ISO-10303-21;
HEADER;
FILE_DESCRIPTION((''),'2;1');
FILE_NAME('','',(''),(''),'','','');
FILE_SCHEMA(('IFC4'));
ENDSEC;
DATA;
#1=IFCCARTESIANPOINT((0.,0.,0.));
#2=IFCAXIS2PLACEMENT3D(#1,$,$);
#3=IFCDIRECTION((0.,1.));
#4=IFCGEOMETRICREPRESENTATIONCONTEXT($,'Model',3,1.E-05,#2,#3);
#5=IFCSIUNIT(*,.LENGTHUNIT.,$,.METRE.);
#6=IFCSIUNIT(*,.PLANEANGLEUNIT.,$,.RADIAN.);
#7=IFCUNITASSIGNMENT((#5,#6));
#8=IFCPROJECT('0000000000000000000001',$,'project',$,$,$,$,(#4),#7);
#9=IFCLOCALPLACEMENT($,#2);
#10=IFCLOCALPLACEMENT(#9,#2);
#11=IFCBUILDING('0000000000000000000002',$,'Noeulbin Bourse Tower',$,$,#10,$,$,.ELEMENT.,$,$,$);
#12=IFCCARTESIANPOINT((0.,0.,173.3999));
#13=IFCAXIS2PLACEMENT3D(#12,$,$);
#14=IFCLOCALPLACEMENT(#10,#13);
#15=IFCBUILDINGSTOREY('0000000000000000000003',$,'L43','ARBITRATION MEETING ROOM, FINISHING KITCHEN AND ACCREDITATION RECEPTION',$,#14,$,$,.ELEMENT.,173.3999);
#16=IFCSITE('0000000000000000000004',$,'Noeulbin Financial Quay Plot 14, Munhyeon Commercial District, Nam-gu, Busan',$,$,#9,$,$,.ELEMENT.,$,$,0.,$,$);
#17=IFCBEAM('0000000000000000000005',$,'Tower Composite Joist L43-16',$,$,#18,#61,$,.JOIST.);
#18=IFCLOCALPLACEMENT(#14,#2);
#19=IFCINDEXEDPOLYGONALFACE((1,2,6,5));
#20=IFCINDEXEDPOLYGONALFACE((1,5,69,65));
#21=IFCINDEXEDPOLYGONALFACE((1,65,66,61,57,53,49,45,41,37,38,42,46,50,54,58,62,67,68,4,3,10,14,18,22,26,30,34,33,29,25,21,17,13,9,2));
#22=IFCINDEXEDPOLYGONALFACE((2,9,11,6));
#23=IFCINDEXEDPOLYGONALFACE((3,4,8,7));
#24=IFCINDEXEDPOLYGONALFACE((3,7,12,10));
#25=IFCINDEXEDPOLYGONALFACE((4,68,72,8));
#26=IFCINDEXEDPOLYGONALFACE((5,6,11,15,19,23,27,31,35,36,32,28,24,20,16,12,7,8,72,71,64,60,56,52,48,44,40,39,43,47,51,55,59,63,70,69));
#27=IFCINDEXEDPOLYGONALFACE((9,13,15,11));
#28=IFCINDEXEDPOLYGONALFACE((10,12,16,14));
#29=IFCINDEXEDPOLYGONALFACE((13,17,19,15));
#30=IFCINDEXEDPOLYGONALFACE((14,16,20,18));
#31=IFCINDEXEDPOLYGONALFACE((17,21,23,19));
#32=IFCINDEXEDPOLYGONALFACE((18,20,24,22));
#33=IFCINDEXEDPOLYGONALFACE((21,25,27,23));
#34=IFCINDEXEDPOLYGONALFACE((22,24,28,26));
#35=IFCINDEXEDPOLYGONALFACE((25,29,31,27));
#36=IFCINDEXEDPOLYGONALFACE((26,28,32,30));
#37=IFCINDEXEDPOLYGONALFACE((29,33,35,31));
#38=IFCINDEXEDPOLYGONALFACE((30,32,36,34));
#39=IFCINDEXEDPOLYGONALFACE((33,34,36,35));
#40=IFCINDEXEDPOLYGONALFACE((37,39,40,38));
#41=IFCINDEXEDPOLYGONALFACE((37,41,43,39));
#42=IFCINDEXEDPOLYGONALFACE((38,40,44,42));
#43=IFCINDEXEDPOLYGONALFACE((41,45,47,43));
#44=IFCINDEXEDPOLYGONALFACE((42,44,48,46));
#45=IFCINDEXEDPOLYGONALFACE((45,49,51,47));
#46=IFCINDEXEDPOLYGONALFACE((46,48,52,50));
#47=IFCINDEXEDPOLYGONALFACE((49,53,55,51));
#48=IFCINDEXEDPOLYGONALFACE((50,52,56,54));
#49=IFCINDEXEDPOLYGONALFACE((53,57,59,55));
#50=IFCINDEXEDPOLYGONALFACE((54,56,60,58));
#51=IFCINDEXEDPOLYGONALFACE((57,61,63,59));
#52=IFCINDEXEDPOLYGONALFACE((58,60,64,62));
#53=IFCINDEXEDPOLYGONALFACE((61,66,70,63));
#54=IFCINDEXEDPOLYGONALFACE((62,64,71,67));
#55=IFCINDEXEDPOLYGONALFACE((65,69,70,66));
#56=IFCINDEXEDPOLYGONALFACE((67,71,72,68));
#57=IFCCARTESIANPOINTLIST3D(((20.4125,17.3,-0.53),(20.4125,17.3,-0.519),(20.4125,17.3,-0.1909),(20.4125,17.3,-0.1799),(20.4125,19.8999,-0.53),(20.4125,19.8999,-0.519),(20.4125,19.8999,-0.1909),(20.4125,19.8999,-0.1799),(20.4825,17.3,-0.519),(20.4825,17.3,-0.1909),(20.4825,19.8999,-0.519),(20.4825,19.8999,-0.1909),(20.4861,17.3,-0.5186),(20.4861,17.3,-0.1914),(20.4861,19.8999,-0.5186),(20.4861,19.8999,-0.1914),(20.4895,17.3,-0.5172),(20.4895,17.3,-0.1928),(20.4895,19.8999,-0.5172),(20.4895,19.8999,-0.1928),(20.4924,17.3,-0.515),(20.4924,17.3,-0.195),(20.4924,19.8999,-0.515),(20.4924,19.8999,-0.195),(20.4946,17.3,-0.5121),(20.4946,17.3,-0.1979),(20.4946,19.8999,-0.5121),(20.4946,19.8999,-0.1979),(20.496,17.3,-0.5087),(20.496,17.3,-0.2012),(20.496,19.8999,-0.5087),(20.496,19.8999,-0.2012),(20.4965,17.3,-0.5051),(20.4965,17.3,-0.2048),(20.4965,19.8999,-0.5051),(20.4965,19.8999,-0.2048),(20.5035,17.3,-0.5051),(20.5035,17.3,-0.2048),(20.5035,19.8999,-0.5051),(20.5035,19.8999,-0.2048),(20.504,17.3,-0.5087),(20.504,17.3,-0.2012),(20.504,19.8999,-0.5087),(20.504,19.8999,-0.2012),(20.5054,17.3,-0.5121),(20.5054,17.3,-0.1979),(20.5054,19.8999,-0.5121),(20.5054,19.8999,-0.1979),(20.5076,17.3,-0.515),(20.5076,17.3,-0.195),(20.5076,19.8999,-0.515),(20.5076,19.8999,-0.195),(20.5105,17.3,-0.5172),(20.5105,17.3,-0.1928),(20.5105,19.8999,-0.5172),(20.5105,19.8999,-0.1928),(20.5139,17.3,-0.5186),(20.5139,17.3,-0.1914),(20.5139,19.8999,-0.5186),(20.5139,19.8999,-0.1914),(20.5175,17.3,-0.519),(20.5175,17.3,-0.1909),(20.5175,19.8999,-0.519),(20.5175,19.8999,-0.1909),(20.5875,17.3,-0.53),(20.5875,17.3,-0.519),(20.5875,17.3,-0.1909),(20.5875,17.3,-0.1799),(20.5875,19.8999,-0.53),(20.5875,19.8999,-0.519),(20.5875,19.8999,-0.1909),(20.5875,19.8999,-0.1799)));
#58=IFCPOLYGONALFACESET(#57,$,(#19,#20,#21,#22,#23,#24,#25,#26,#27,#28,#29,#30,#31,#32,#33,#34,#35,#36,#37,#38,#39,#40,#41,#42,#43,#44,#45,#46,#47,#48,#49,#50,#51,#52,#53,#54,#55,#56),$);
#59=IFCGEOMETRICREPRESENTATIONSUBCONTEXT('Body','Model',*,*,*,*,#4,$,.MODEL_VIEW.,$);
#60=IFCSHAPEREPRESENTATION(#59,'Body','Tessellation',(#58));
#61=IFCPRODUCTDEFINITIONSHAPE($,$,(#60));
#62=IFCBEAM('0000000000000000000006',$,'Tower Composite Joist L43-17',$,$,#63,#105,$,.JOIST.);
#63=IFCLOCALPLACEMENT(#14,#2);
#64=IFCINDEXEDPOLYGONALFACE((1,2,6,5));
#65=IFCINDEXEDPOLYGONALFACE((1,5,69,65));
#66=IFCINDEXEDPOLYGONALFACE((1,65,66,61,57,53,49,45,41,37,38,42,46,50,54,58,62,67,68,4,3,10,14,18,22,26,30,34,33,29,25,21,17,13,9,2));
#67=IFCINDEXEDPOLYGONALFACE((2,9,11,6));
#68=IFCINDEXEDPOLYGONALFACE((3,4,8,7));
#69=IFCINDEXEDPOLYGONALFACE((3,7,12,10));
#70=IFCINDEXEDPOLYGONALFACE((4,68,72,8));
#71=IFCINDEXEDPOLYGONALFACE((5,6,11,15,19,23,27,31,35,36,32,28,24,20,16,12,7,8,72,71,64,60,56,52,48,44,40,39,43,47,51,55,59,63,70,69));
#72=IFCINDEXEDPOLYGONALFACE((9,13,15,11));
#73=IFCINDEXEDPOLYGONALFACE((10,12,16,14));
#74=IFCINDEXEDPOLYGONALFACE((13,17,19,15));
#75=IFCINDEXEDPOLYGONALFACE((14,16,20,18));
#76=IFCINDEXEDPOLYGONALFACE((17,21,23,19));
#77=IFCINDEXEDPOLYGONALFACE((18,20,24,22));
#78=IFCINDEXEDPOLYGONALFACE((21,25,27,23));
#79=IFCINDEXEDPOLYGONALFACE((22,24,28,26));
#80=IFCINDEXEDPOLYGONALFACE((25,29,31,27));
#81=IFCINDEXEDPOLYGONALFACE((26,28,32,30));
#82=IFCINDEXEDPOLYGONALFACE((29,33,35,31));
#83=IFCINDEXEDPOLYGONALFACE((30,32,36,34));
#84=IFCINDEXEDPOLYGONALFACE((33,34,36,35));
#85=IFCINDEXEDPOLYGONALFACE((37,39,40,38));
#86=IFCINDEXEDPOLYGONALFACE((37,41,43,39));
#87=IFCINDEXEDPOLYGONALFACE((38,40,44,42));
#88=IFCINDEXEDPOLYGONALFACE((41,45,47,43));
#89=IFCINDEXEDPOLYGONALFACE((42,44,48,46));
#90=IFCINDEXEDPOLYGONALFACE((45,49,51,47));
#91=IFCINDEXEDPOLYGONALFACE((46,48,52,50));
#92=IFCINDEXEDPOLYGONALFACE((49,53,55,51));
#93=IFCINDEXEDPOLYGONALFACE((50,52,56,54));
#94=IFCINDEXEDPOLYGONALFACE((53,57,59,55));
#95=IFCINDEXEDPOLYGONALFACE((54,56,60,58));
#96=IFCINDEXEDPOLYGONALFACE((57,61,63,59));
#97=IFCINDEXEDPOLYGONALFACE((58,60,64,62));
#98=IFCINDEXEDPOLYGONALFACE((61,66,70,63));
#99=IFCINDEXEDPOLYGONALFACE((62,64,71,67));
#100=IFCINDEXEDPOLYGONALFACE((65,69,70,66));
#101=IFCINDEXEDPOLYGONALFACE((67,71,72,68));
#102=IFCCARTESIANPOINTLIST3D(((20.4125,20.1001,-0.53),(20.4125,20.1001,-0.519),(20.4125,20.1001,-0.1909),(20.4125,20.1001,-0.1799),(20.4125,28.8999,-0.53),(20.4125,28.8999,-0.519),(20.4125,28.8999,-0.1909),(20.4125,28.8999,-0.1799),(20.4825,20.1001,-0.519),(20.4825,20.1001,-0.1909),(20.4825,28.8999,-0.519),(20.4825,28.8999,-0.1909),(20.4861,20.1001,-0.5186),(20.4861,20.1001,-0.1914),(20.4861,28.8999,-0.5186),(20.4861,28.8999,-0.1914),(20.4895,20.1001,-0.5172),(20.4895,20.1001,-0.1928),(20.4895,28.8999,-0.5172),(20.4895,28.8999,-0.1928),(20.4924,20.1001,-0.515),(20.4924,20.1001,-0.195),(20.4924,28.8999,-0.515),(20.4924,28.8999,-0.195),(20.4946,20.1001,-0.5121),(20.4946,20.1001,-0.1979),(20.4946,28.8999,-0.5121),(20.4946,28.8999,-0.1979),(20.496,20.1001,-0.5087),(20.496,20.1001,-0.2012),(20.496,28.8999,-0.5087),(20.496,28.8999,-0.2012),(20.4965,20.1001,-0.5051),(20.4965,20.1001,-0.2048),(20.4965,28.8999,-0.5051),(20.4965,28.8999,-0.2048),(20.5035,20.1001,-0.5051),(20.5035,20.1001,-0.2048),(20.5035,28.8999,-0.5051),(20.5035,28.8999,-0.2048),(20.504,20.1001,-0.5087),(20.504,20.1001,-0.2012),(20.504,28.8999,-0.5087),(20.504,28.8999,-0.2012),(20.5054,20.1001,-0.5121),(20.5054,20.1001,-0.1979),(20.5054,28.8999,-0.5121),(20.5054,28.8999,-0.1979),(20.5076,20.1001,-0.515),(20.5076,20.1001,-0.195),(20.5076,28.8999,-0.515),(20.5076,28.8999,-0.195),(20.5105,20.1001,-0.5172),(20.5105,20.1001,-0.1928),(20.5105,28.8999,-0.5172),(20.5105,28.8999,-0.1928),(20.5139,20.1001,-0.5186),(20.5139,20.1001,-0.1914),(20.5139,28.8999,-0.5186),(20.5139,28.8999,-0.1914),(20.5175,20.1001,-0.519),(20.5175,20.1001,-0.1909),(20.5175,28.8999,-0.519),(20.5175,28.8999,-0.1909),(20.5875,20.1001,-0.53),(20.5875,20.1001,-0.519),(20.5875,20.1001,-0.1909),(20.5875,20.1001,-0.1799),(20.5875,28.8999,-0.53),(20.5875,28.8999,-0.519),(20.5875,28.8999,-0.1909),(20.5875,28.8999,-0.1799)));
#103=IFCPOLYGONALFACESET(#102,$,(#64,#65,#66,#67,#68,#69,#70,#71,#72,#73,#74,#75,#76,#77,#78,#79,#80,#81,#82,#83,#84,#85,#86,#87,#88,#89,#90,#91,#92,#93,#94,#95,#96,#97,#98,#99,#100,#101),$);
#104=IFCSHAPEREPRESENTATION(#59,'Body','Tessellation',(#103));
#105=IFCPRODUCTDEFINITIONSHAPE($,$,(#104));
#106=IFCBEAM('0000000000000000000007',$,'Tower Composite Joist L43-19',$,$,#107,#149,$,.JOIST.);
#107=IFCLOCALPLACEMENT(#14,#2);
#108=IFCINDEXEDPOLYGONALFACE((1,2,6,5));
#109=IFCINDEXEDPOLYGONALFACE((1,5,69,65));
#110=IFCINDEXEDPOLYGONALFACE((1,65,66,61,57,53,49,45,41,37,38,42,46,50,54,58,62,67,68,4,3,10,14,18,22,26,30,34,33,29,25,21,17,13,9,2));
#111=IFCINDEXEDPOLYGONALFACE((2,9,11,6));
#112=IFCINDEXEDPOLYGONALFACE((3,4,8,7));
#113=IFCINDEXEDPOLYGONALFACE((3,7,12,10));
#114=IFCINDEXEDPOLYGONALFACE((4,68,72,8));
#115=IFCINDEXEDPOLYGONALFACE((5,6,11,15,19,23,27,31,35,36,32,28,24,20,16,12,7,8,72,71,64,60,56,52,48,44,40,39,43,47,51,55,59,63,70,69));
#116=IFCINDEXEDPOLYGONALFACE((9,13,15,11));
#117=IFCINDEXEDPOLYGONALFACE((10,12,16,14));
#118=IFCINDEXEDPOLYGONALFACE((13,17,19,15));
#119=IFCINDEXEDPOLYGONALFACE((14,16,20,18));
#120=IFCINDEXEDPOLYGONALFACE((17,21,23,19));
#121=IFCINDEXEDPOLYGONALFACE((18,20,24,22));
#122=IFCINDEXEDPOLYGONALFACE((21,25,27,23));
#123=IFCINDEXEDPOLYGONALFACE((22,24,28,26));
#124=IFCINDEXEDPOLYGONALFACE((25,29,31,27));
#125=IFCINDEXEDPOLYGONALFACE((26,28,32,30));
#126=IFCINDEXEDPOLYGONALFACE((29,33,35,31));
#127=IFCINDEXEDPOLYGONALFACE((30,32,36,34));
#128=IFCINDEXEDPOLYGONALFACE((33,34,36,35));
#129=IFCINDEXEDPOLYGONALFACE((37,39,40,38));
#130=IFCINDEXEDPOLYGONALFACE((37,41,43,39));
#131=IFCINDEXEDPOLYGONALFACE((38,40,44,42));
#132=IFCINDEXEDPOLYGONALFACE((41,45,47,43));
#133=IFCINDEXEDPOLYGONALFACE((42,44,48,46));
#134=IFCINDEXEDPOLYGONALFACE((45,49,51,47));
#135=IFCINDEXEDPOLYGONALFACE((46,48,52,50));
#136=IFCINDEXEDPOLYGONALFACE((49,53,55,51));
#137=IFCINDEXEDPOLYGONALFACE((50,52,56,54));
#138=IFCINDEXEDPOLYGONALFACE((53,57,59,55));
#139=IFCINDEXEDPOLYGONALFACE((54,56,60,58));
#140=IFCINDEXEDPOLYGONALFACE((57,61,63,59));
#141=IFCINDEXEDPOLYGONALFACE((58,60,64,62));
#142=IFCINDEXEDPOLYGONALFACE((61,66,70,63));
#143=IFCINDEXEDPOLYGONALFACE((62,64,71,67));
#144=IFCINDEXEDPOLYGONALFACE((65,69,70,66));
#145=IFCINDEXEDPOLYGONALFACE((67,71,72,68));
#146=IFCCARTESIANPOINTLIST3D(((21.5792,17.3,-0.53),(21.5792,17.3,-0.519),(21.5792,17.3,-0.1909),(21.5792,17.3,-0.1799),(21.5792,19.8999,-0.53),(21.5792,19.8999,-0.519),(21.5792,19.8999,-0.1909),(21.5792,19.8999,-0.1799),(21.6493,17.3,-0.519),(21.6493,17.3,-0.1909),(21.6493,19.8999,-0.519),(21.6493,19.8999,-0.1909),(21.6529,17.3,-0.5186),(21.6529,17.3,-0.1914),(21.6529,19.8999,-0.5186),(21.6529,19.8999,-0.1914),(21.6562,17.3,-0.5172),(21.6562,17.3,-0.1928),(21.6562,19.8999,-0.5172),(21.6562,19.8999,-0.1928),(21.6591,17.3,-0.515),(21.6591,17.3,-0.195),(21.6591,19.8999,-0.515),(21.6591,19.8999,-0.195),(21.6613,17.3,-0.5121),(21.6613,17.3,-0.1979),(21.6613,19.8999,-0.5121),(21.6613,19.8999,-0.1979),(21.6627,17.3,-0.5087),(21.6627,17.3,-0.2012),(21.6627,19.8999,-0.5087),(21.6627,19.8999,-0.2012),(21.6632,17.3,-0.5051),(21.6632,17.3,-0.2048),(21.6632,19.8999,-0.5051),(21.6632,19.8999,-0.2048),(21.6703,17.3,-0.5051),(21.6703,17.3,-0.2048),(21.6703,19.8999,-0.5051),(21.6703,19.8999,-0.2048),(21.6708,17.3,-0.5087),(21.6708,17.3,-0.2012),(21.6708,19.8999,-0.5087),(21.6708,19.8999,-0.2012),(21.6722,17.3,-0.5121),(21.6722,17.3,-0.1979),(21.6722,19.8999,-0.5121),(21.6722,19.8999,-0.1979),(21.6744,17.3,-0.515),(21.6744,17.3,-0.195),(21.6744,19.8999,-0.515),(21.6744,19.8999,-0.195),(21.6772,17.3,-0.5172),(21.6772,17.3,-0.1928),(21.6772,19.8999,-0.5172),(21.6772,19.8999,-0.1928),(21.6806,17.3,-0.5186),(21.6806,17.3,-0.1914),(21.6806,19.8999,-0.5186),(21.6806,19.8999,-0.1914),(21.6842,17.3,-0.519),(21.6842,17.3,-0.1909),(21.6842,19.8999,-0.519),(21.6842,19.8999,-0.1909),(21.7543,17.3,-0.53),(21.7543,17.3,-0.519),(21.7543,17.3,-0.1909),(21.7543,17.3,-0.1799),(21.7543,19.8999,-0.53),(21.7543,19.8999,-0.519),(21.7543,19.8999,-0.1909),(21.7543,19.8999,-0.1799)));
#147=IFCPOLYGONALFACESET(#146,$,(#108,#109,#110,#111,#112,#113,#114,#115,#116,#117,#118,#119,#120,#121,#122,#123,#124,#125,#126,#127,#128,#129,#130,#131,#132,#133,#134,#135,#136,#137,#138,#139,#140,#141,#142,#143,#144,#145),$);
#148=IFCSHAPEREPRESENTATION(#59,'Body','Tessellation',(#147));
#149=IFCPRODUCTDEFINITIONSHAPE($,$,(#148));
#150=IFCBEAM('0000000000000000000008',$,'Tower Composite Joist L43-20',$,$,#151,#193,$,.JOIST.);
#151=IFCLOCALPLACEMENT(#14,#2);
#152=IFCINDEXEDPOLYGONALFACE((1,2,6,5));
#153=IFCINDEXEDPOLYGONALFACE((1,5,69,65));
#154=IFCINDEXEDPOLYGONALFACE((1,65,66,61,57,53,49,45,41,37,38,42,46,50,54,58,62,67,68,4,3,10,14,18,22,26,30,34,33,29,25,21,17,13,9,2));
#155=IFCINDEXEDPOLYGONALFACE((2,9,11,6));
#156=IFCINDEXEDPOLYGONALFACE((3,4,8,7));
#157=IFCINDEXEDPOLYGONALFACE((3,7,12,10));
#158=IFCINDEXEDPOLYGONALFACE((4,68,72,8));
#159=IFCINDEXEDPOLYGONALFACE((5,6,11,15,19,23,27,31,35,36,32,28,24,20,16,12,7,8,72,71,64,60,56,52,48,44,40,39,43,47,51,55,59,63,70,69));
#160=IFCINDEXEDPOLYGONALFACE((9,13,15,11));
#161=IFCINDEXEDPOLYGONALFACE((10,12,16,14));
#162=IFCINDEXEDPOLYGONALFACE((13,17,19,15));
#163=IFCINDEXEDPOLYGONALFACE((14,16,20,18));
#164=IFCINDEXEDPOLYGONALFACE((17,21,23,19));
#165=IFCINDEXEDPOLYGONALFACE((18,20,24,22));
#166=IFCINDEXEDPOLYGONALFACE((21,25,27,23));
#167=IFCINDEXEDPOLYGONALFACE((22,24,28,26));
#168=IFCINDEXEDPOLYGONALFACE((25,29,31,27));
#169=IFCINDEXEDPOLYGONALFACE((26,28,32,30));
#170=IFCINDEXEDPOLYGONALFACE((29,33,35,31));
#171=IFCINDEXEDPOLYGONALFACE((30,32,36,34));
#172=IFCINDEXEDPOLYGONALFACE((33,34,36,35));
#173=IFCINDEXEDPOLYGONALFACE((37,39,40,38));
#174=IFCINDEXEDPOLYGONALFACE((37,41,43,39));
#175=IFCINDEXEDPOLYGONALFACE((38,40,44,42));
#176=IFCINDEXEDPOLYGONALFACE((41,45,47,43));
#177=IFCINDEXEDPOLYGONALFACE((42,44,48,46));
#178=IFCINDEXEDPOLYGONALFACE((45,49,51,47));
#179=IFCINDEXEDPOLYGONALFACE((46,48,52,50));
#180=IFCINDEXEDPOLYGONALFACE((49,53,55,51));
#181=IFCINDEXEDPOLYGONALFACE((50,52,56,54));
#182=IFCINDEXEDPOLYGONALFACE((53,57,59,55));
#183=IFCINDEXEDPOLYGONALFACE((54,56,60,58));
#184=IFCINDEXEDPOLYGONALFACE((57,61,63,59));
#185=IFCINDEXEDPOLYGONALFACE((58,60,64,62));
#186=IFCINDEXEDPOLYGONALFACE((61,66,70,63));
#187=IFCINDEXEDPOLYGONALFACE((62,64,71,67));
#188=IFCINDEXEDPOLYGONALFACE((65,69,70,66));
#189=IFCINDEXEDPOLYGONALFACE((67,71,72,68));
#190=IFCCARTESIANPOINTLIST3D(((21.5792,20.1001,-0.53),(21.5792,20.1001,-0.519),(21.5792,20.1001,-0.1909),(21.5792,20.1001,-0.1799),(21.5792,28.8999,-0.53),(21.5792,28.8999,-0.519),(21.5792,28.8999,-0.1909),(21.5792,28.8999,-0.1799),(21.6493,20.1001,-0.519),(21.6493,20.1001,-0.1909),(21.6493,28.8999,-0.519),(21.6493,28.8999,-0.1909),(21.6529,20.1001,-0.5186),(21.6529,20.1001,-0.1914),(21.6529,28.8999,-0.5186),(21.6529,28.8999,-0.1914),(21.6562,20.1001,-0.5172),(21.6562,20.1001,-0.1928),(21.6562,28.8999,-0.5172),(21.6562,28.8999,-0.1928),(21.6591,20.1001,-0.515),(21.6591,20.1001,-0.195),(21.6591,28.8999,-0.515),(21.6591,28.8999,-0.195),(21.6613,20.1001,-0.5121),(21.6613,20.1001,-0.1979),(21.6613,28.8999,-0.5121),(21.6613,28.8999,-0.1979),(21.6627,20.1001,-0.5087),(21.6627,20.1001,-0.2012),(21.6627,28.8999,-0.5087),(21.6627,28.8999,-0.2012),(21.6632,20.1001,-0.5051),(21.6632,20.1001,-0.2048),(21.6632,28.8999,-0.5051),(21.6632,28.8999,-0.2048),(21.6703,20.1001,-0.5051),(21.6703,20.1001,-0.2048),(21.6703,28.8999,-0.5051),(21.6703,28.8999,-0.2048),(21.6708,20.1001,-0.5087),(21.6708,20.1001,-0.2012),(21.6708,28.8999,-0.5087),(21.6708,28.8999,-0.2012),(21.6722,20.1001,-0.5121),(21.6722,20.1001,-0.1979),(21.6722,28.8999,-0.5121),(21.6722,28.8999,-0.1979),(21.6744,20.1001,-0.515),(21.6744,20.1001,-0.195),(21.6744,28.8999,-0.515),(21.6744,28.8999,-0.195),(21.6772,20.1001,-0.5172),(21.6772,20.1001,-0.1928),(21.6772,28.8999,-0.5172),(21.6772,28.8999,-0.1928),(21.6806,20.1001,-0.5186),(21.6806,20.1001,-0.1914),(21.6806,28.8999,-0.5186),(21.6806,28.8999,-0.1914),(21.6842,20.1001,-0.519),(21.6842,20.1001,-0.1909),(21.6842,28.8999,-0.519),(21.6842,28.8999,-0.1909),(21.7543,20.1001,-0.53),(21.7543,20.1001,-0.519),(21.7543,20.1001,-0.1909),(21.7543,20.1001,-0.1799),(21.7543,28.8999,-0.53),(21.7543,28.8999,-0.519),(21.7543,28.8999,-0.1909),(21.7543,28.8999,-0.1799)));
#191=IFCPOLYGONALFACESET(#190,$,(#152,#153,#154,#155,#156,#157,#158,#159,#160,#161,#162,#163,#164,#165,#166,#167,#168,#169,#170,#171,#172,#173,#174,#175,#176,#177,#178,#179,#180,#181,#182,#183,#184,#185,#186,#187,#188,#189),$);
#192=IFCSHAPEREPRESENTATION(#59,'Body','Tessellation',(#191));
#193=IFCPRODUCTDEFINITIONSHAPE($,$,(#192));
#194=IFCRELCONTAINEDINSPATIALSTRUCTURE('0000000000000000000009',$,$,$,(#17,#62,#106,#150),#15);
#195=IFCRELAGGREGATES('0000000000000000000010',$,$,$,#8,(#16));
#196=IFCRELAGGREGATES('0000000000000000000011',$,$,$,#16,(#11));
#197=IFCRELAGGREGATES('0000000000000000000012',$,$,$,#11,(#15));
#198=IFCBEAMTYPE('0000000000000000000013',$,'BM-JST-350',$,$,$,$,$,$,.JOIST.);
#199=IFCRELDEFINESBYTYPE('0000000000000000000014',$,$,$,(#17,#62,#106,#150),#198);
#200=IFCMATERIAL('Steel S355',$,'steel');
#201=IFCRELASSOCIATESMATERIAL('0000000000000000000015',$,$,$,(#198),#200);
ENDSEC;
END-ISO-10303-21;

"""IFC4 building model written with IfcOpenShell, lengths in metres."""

from ifc_helpers import new_model, si_unit, direction, frame, origin, origin_2d, place, context, subcontext, project, spatial, i_section, extrude, material, material_profile, profile_set, type_object, element, save


model = new_model("IFC4")

# Units and contexts
model_context = context("Model", 3, precision=1e-05, world=origin(), true_north=direction((0.0, 1.0)))
body_context = subcontext(model_context, "Body", "Model", "MODEL_VIEW")
ifc_project = project(units=[si_unit("LENGTHUNIT", "METRE"), si_unit("PLANEANGLEUNIT", "RADIAN")], contexts=[model_context])

# Site, building, storey
site_placement = place(None, origin())
site = spatial("IfcSite", under=ifc_project, at=site_placement, Name="Noeulbin Financial Quay Plot 14, Munhyeon Commercial District, Nam-gu, Busan", CompositionType="ELEMENT", RefElevation=0.0)
building_placement = place(site_placement, origin())
building = spatial("IfcBuilding", under=site, at=building_placement, Name="Noeulbin Bourse Tower", CompositionType="ELEMENT")
storey_placement = place(building_placement, frame((0.0, 0.0, 173.3999)))
storey = spatial("IfcBuildingStorey", under=building, at=storey_placement, Name="L43", Description="ARBITRATION MEETING ROOM, FINISHING KITCHEN AND ACCREDITATION RECEPTION", CompositionType="ELEMENT", Elevation=173.3999)

# Shared definitions
ifc_material_1 = material(Name="Steel S355", Category="steel")

# Beams
ifc_material_profile_1 = material_profile(ifc_material_1, i_section(OverallWidth=0.175, OverallDepth=0.3501, WebThickness=0.0071, FlangeThickness=0.011, FilletRadius=0.0139, at=origin_2d()), Name="H-350x175x7x11", Category="LoadBearing")
ifc_profile_set_1 = profile_set([ifc_material_profile_1], Name="Steel S355")
beam_type_1 = type_object("IfcBeamType", Name="BM-JST-350", PredefinedType="JOIST", material=ifc_profile_set_1)
beam_1_placement = place(storey_placement, frame((20.5, 17.3, -0.355), z_axis=(0.0, 1.0, 0.0), x_axis=(-1.0, 0.0, 0.0)))
element("IfcBeam", 1, at=beam_1_placement, inside=storey, type_object=beam_type_1, Name="Tower Composite Joist L43-16", PredefinedType="JOIST", context=body_context, shape_type="SweptSolid", body=[
    extrude(i_section(OverallWidth=0.175, OverallDepth=0.3501, WebThickness=0.0071, FlangeThickness=0.011, FilletRadius=0.0139, at=origin_2d()), origin(), (0.0, 0.0, 1.0), 2.5999),
])
beam_2_placement = place(storey_placement, frame((20.5, 20.1001, -0.355), z_axis=(0.0, 1.0, 0.0), x_axis=(-1.0, 0.0, 0.0)))
element("IfcBeam", 2, at=beam_2_placement, inside=storey, type_object=beam_type_1, Name="Tower Composite Joist L43-17", PredefinedType="JOIST", context=body_context, shape_type="SweptSolid", body=[
    extrude(i_section(OverallWidth=0.175, OverallDepth=0.3501, WebThickness=0.0071, FlangeThickness=0.011, FilletRadius=0.0139, at=origin_2d()), origin(), (0.0, 0.0, 1.0), 8.7998),
])
beam_3_placement = place(storey_placement, frame((21.6667, 17.3, -0.355), z_axis=(0.0, 1.0, 0.0), x_axis=(-1.0, 0.0, 0.0)))
element("IfcBeam", 3, at=beam_3_placement, inside=storey, type_object=beam_type_1, Name="Tower Composite Joist L43-19", PredefinedType="JOIST", context=body_context, shape_type="SweptSolid", body=[
    extrude(i_section(OverallWidth=0.175, OverallDepth=0.3501, WebThickness=0.0071, FlangeThickness=0.011, FilletRadius=0.0139, at=origin_2d()), origin(), (0.0, 0.0, 1.0), 2.5999),
])
beam_4_placement = place(storey_placement, frame((21.6667, 20.1001, -0.355), z_axis=(0.0, 1.0, 0.0), x_axis=(-1.0, 0.0, 0.0)))
element("IfcBeam", 4, at=beam_4_placement, inside=storey, type_object=beam_type_1, Name="Tower Composite Joist L43-20", PredefinedType="JOIST", context=body_context, shape_type="SweptSolid", body=[
    extrude(i_section(OverallWidth=0.175, OverallDepth=0.3501, WebThickness=0.0071, FlangeThickness=0.011, FilletRadius=0.0139, at=origin_2d()), origin(), (0.0, 0.0, 1.0), 8.7998),
])

save(model, "model.ifc")
